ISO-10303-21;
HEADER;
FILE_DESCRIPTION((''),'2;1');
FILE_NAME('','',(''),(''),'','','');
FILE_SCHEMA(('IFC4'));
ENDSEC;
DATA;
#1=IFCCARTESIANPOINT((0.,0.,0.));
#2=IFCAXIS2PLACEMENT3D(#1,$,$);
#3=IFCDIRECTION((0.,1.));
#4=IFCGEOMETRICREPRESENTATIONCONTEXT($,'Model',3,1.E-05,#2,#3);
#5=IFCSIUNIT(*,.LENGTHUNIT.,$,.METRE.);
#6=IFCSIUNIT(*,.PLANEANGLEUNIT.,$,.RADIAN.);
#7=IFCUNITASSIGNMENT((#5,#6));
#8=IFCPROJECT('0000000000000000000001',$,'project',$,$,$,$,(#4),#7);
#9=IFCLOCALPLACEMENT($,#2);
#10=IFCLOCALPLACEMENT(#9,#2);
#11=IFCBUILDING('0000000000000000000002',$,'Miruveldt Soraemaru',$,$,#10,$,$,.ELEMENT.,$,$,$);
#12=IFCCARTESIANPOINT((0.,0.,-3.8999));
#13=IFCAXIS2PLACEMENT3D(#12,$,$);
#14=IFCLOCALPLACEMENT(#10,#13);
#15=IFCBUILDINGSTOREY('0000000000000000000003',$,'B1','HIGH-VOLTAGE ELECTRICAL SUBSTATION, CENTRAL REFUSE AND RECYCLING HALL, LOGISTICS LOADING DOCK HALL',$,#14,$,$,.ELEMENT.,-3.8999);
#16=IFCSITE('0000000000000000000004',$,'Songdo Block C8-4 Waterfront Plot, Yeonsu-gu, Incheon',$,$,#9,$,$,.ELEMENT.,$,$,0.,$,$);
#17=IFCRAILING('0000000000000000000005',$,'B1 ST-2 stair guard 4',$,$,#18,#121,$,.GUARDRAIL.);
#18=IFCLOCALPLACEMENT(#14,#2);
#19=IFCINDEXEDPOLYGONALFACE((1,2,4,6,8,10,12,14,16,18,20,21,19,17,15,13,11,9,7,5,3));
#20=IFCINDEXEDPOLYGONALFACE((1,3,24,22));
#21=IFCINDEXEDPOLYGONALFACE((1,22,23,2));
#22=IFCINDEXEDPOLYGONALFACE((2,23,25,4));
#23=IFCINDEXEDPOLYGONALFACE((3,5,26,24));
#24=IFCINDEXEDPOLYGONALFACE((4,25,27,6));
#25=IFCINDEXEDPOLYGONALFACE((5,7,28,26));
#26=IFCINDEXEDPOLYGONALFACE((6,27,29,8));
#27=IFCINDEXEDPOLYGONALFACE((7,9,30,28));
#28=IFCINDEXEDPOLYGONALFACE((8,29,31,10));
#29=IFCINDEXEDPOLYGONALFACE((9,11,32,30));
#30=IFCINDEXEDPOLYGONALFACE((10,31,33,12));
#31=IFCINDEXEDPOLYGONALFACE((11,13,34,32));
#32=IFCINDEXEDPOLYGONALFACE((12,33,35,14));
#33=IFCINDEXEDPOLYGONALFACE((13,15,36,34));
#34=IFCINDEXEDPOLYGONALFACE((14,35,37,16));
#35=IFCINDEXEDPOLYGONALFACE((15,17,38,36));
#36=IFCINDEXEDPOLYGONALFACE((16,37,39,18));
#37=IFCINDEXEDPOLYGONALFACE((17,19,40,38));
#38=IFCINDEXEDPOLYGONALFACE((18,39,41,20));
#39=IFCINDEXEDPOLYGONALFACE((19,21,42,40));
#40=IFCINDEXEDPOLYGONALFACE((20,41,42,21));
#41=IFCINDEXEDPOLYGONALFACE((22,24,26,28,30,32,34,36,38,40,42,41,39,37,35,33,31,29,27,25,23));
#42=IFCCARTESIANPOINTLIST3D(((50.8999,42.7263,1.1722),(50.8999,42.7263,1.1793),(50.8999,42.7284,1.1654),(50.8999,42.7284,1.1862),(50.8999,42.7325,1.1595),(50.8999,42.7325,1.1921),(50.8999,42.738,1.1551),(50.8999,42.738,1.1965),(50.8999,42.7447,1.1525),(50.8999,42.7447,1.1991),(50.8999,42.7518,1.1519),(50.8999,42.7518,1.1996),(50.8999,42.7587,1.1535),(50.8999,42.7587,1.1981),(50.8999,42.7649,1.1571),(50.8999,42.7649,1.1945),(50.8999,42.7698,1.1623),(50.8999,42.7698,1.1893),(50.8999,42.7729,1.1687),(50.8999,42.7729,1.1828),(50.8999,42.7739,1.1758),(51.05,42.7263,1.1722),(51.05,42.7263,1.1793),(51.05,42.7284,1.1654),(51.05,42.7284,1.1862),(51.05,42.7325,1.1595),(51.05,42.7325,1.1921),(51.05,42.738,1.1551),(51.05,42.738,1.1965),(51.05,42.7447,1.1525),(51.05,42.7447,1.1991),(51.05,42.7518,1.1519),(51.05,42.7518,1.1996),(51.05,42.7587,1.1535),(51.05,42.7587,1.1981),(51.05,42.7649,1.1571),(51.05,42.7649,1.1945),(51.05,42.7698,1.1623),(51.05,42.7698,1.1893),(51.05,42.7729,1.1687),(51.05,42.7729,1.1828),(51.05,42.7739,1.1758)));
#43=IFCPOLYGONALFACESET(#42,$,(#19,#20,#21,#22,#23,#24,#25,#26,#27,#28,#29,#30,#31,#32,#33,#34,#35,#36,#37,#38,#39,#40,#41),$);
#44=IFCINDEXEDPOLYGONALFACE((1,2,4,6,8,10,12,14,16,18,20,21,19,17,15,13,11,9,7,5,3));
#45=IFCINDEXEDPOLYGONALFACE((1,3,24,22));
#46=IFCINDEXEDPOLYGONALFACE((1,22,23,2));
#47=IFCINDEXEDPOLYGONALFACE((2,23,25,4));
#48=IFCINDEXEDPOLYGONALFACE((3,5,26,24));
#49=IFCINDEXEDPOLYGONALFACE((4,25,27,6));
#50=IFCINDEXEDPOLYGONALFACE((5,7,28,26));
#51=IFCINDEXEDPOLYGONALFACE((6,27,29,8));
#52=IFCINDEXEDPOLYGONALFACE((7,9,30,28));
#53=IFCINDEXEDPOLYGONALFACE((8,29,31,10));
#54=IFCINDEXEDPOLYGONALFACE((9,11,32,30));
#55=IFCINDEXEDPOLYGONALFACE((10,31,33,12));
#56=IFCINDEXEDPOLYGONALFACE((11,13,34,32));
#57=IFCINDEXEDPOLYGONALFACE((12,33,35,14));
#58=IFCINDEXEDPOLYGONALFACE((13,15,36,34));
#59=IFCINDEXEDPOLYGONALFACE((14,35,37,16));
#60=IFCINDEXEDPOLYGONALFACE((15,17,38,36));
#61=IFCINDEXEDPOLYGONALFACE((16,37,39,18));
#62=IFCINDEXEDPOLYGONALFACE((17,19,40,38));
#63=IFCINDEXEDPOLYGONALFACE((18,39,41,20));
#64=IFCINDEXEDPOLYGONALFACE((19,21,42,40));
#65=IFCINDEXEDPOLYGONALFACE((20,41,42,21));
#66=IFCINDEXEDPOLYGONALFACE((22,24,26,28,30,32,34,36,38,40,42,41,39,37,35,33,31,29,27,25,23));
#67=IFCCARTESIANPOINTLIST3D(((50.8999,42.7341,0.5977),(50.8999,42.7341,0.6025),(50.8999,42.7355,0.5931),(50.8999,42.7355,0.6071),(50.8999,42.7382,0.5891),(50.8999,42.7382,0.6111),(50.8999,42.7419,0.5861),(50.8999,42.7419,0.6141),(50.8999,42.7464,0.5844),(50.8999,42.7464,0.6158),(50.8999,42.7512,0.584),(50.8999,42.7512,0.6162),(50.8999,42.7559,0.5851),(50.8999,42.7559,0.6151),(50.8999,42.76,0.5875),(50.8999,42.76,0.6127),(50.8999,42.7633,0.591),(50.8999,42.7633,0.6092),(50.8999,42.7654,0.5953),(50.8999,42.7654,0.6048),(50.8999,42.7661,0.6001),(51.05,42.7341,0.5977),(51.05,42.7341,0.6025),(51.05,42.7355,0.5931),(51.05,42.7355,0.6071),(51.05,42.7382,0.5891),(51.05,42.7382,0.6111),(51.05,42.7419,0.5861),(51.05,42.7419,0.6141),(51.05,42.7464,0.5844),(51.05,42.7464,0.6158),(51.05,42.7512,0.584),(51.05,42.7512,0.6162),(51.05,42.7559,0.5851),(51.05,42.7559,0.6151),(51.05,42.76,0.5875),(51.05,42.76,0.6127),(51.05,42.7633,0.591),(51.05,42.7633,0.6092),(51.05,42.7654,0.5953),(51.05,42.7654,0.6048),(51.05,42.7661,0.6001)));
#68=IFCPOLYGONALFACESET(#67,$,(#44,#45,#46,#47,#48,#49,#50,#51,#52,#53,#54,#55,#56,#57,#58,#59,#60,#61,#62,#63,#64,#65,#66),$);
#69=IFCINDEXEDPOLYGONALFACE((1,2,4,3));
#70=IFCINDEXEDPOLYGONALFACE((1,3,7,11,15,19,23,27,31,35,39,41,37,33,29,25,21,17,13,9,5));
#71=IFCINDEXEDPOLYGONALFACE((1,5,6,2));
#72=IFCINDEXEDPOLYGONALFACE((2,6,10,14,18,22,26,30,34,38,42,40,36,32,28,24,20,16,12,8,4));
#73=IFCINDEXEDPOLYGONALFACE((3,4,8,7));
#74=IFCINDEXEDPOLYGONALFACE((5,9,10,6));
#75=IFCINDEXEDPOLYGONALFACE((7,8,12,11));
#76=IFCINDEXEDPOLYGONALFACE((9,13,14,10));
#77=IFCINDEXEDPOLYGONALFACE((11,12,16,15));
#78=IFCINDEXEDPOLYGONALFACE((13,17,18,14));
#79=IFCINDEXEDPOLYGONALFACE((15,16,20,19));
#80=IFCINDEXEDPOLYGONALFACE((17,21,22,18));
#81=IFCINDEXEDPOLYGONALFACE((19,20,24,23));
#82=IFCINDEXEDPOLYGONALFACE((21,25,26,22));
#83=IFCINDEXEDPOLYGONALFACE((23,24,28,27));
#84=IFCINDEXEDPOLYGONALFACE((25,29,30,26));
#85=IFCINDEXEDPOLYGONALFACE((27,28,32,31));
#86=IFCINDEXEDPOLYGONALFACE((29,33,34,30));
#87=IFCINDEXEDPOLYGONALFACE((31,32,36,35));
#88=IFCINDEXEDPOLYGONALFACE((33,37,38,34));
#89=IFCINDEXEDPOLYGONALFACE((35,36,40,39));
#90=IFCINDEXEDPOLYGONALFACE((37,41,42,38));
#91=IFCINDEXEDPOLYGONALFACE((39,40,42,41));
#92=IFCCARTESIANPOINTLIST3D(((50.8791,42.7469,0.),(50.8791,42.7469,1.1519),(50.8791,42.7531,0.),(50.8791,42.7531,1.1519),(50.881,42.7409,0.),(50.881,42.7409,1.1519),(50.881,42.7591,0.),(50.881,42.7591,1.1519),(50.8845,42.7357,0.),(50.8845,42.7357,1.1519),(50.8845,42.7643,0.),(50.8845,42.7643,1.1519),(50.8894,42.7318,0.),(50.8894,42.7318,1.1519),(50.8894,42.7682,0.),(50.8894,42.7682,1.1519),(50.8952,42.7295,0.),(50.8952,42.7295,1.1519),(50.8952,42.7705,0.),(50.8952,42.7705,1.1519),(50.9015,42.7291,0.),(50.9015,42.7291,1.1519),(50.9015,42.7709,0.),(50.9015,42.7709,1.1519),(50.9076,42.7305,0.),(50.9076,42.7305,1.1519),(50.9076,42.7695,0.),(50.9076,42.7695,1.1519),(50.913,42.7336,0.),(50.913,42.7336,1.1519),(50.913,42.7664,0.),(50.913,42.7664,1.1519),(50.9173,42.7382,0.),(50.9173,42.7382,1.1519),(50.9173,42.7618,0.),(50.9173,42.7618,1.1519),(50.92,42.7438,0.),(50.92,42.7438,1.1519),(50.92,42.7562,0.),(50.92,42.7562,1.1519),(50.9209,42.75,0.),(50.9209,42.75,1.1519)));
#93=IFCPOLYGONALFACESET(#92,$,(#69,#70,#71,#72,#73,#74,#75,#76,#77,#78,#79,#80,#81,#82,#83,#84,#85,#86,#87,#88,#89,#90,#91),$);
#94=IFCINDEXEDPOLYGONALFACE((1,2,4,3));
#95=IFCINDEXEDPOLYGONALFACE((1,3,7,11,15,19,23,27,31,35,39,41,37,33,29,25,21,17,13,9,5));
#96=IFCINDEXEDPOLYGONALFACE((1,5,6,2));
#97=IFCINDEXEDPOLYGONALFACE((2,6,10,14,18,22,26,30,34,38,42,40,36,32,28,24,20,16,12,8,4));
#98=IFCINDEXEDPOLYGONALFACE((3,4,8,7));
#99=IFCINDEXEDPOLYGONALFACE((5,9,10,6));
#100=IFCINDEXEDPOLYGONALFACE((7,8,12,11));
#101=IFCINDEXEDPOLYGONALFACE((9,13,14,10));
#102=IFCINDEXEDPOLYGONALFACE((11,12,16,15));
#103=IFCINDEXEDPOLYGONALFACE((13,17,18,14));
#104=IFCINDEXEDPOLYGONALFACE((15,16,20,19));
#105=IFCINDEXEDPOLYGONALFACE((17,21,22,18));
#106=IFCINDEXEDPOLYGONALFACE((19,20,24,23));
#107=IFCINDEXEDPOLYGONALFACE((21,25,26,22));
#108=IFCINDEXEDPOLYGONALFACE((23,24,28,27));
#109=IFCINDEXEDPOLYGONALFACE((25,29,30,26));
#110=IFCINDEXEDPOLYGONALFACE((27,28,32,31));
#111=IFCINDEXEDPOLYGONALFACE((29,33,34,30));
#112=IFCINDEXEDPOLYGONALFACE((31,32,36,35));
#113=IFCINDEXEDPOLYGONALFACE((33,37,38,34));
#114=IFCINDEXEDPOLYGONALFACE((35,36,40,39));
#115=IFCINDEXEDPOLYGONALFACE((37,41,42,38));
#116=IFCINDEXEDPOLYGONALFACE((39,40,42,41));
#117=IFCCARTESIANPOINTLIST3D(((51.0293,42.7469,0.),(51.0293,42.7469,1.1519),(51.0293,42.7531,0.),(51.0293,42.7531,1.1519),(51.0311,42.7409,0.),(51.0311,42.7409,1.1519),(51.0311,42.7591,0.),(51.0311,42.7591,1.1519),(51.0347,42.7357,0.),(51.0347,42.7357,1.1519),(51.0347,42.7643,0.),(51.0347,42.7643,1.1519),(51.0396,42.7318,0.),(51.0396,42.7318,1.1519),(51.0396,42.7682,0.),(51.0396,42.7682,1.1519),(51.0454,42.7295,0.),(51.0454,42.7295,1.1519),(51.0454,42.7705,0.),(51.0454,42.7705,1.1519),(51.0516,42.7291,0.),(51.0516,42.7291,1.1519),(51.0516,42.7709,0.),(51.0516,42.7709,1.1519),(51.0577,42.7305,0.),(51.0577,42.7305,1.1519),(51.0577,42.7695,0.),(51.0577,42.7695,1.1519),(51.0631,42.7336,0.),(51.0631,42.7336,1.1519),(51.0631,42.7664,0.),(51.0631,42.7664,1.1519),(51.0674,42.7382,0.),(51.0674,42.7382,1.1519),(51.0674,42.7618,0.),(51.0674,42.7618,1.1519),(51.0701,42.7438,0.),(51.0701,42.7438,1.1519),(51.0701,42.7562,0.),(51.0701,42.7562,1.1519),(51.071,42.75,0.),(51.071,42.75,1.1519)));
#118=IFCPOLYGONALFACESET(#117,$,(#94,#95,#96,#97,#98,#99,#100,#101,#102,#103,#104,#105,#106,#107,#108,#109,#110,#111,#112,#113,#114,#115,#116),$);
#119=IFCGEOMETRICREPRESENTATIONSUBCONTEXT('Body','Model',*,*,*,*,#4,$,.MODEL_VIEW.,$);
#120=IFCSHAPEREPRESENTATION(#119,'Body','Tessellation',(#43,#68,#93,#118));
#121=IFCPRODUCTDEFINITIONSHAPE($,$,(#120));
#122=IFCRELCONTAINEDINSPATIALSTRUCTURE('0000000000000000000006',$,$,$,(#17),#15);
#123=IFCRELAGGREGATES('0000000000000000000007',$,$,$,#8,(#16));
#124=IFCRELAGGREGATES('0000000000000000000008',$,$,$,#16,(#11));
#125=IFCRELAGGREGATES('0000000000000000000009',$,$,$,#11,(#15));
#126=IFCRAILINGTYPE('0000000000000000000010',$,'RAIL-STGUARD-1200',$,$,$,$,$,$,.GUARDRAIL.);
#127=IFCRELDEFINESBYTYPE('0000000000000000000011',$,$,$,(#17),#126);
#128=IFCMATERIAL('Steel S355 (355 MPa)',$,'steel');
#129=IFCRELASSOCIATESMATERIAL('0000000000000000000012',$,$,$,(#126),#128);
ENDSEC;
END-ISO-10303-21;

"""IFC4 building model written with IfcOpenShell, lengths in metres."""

from ifc_helpers import new_model, si_unit, direction, frame, origin, origin_2d, place, context, subcontext, project, spatial, circle, extrude, material, type_object, element, save


model = new_model("IFC4")

# Units and contexts
model_context = context("Model", 3, precision=1e-05, world=origin(), true_north=direction((0.0, 1.0)))
body_context = subcontext(model_context, "Body", "Model", "MODEL_VIEW")
ifc_project = project(units=[si_unit("LENGTHUNIT", "METRE"), si_unit("PLANEANGLEUNIT", "RADIAN")], contexts=[model_context])

# Site, building, storey
site_placement = place(None, origin())
site = spatial("IfcSite", under=ifc_project, at=site_placement, Name="Songdo Block C8-4 Waterfront Plot, Yeonsu-gu, Incheon", CompositionType="ELEMENT", RefElevation=0.0)
building_placement = place(site_placement, origin())
building = spatial("IfcBuilding", under=site, at=building_placement, Name="Miruveldt Soraemaru", CompositionType="ELEMENT")
storey_placement = place(building_placement, frame((0.0, 0.0, -3.8999)))
storey = spatial("IfcBuildingStorey", under=building, at=storey_placement, Name="B1", Description="HIGH-VOLTAGE ELECTRICAL SUBSTATION, CENTRAL REFUSE AND RECYCLING HALL, LOGISTICS LOADING DOCK HALL", CompositionType="ELEMENT", Elevation=-3.8999)

# Shared definitions
ifc_material_1 = material(Name="Steel S355 (355 MPa)", Category="steel")

# Railing
railing_type_1 = type_object("IfcRailingType", Name="RAIL-STGUARD-1200", PredefinedType="GUARDRAIL", material=ifc_material_1)
railing_1_placement = place(storey_placement, frame((50.8999, 42.75, 0.0)))
element("IfcRailing", 1, at=railing_1_placement, inside=storey, type_object=railing_type_1, Name="B1 ST-2 stair guard 4", PredefinedType="GUARDRAIL", context=body_context, shape_type="SweptSolid", body=[
    extrude(circle(Radius=0.0239, at=origin_2d()), frame((0.0, 0.0, 1.1758), z_axis=(1.0, 0.0, 0.0), x_axis=(0.0, 1.0, 0.0)), (0.0, 0.0, 1.0), 0.1501),
    extrude(circle(Radius=0.0161, at=origin_2d()), frame((0.0, 0.0, 0.6001), z_axis=(1.0, 0.0, 0.0), x_axis=(0.0, 1.0, 0.0)), (0.0, 0.0, 1.0), 0.1501),
    extrude(circle(Radius=0.021, at=origin_2d()), origin(), (0.0, 0.0, 1.0), 1.1519),
    extrude(circle(Radius=0.021, at=origin_2d()), frame((0.1501, 0.0, 0.0)), (0.0, 0.0, 1.0), 1.1519),
])

save(model, "model.ifc")
